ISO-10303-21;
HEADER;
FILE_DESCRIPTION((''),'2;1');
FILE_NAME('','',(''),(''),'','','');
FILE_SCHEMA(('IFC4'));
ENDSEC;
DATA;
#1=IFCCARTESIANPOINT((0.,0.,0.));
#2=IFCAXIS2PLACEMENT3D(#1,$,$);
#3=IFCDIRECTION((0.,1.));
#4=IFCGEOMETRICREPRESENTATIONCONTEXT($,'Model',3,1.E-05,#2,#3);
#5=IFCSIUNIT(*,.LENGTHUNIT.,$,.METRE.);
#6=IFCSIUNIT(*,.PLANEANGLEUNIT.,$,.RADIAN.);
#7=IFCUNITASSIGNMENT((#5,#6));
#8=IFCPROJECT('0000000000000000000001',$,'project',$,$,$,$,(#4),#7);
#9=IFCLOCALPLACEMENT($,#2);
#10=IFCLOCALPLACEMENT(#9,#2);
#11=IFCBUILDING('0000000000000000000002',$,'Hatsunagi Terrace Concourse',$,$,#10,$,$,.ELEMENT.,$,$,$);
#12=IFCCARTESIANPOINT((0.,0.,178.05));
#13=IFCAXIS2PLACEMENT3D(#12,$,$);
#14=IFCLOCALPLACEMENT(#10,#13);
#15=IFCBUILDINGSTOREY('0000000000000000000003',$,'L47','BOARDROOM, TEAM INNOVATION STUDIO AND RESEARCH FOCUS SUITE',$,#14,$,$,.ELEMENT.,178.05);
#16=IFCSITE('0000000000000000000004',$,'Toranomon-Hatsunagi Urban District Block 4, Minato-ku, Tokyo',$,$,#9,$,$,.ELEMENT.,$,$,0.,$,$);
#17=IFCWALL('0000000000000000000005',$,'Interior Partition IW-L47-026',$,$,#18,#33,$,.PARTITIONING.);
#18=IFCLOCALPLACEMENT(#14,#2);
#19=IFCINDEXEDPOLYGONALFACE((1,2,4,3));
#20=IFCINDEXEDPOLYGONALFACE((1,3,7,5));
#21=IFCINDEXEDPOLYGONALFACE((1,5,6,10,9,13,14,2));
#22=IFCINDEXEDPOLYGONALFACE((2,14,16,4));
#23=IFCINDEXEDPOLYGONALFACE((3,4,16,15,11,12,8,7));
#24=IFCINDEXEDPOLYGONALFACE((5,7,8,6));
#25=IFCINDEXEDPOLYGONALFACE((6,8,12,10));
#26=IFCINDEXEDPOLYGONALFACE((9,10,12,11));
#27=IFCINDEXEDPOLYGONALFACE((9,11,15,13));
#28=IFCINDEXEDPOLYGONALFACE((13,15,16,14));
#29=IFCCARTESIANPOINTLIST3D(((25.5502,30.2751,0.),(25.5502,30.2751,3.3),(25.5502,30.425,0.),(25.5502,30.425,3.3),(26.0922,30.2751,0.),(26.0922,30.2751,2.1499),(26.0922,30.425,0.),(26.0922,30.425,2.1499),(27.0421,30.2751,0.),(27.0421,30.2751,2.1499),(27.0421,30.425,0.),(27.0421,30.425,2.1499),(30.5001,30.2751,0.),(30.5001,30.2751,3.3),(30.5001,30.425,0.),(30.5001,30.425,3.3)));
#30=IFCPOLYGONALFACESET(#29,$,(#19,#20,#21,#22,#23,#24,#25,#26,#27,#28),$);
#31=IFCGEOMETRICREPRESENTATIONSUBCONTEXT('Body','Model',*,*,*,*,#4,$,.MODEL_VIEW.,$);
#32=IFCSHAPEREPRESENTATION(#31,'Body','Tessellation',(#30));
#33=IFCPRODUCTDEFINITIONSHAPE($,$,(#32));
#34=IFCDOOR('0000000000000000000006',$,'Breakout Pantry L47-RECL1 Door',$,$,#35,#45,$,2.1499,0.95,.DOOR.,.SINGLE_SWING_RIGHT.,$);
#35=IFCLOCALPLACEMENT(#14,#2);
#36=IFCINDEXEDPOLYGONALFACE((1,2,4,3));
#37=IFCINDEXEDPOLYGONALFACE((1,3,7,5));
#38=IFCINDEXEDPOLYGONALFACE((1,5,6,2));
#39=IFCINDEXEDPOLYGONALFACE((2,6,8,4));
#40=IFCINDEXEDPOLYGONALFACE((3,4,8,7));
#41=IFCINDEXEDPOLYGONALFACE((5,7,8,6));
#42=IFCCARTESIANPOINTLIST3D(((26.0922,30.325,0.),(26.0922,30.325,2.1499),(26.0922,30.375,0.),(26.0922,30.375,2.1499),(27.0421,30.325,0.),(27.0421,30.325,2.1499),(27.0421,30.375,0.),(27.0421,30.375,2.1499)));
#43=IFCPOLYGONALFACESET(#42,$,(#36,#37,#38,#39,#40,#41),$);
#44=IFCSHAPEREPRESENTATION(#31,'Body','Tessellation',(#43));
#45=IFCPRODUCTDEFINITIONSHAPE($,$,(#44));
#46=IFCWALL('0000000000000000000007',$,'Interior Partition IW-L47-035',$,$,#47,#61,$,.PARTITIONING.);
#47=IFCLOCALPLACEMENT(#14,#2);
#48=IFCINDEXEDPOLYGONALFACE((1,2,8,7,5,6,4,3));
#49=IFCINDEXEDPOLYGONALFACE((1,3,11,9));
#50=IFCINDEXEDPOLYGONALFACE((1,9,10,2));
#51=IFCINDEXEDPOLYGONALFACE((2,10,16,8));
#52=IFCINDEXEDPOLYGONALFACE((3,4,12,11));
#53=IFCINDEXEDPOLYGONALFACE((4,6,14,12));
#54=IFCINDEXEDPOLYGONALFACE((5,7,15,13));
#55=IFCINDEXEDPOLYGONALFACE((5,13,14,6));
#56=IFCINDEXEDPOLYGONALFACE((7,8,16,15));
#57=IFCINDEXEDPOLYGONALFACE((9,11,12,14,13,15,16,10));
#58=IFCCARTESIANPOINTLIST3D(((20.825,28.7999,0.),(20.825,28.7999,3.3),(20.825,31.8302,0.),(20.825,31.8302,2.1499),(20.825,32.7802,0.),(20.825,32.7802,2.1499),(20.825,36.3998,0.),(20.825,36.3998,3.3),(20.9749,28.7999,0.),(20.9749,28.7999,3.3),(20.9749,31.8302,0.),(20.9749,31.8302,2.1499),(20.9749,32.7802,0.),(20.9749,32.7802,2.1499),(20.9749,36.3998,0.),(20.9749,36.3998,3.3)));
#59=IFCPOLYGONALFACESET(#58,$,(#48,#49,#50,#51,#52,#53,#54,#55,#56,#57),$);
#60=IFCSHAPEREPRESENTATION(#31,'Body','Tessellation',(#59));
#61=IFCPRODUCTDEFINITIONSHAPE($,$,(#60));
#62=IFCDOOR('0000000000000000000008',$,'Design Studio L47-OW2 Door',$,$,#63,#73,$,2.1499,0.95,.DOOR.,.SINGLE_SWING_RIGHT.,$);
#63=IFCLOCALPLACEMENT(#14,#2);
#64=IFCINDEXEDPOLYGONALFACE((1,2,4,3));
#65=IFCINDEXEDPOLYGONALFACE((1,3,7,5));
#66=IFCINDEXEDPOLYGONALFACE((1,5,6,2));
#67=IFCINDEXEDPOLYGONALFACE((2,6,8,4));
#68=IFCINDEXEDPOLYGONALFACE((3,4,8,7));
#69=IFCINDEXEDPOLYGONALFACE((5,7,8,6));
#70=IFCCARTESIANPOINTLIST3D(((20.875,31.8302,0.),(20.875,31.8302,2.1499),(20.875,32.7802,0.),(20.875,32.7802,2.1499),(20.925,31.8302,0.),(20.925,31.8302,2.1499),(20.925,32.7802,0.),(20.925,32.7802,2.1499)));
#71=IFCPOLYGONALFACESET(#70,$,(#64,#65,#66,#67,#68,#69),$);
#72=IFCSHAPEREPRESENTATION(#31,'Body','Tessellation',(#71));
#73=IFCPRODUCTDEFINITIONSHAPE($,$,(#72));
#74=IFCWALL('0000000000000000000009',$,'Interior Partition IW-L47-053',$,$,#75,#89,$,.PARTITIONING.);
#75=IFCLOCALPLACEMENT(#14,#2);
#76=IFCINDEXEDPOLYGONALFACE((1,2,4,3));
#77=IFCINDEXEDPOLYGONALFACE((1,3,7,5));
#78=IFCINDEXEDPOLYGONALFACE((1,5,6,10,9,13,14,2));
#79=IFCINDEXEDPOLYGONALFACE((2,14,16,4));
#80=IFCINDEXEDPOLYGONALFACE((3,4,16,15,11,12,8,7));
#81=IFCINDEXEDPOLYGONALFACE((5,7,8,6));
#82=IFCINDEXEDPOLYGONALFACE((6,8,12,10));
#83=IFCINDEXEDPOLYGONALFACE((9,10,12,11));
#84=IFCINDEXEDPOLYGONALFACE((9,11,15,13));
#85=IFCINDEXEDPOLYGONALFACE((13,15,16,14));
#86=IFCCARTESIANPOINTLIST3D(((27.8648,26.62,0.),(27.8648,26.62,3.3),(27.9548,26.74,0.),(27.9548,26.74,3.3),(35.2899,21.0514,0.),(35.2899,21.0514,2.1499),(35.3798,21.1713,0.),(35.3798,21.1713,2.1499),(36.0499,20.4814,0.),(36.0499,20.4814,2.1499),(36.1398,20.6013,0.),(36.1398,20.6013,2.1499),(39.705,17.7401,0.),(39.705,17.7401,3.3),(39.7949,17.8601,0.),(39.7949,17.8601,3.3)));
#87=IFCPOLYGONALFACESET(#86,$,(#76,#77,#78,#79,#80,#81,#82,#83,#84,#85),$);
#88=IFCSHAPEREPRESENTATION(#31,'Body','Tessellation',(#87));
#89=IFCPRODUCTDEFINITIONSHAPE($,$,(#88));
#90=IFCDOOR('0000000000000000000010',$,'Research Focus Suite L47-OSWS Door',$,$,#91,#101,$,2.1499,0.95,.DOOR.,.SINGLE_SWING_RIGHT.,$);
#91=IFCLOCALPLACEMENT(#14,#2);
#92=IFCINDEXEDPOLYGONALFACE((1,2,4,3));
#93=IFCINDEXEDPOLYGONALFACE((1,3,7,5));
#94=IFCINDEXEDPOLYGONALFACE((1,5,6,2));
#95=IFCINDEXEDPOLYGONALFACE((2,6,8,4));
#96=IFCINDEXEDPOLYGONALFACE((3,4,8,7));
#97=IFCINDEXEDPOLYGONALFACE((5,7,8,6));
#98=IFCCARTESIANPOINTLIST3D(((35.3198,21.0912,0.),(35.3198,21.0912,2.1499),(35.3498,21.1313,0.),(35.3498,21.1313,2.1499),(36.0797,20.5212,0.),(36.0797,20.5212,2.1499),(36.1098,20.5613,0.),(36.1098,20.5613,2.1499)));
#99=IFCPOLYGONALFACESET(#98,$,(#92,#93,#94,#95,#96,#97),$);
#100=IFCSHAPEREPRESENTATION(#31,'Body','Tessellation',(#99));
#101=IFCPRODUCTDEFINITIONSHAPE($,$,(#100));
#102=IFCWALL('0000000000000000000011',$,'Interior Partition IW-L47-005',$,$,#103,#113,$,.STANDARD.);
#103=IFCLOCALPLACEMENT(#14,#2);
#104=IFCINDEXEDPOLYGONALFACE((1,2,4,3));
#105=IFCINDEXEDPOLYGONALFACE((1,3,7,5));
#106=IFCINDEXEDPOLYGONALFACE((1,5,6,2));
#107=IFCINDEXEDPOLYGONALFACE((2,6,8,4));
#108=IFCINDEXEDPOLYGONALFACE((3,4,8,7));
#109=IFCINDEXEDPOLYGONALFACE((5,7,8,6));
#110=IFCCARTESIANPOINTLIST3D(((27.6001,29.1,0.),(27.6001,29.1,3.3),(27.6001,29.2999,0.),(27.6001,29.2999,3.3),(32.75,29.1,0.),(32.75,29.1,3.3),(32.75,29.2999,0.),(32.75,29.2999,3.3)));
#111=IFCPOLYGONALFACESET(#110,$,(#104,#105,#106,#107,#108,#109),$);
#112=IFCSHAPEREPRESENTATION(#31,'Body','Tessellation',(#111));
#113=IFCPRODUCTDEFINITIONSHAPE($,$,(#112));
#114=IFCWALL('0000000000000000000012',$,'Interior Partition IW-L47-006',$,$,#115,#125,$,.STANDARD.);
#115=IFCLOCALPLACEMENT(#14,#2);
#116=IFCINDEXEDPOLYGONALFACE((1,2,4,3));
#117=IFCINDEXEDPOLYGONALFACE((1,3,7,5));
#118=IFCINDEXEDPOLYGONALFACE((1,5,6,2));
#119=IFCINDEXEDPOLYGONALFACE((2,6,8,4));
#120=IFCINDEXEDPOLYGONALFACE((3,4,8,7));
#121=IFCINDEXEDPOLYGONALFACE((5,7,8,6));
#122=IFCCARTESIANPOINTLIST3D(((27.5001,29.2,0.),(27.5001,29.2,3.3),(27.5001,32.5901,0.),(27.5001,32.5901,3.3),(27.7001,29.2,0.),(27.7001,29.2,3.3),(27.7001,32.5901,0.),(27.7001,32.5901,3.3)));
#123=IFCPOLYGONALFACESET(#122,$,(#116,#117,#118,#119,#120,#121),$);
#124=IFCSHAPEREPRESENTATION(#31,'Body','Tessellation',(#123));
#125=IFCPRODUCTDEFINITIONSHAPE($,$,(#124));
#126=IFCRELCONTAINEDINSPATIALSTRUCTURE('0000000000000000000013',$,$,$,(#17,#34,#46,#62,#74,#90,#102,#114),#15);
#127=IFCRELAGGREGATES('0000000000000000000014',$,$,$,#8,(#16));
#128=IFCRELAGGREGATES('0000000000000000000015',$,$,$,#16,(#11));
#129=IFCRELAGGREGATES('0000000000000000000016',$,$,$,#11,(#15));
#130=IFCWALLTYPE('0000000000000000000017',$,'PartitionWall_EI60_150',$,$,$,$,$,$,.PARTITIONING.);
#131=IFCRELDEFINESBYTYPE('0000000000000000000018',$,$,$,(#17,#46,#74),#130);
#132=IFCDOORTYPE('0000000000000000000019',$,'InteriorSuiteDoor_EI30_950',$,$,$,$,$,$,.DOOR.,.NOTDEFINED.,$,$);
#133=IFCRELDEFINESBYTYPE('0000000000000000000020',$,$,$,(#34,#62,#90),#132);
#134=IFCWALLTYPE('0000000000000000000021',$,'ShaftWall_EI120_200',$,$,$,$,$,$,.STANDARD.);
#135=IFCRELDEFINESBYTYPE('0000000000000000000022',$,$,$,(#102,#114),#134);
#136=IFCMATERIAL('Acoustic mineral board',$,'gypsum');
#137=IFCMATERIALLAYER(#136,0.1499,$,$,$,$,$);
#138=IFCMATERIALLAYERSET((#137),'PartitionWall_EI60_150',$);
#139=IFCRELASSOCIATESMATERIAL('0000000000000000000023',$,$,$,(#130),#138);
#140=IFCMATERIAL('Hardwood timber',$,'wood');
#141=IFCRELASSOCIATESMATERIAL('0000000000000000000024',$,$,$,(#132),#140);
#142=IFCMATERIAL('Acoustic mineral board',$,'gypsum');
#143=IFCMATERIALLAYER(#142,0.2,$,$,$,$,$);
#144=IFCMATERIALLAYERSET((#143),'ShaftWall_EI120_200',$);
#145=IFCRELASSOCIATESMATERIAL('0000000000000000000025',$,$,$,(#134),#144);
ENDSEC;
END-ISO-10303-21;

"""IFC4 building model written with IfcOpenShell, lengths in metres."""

from ifc_helpers import new_model, si_unit, direction, frame, frame_2d, origin, place, context, subcontext, project, spatial, rectangle, extrude, material, layer, layer_set, type_object, element, fill, save


model = new_model("IFC4")

# Units and contexts
model_context = context("Model", 3, precision=1e-05, world=origin(), true_north=direction((0.0, 1.0)))
body_context = subcontext(model_context, "Body", "Model", "MODEL_VIEW")
ifc_project = project(units=[si_unit("LENGTHUNIT", "METRE"), si_unit("PLANEANGLEUNIT", "RADIAN")], contexts=[model_context])

# Site, building, storey
site_placement = place(None, origin())
site = spatial("IfcSite", under=ifc_project, at=site_placement, Name="Toranomon-Hatsunagi Urban District Block 4, Minato-ku, Tokyo", CompositionType="ELEMENT", RefElevation=0.0)
building_placement = place(site_placement, origin())
building = spatial("IfcBuilding", under=site, at=building_placement, Name="Hatsunagi Terrace Concourse", CompositionType="ELEMENT")
storey_placement = place(building_placement, frame((0.0, 0.0, 178.05)))
storey = spatial("IfcBuildingStorey", under=building, at=storey_placement, Name="L47", Description="BOARDROOM, TEAM INNOVATION STUDIO AND RESEARCH FOCUS SUITE", CompositionType="ELEMENT", Elevation=178.05)

# Walls, openings, doors
ifc_material_1 = material(Name="Acoustic mineral board", Category="gypsum")
ifc_layer_1 = layer(ifc_material_1, 0.1499)
ifc_layer_set_1 = layer_set([ifc_layer_1], Name="PartitionWall_EI60_150")
wall_type_1 = type_object("IfcWallType", Name="PartitionWall_EI60_150", PredefinedType="PARTITIONING", material=ifc_layer_set_1)
wall_1_placement = place(storey_placement, frame((25.55, 30.3501, 0.0), z_axis=(0.0, 0.0, 1.0), x_axis=(1.0, 0.0, 0.0)))
wall_1 = element("IfcWall", 1, at=wall_1_placement, inside=storey, type_object=wall_type_1, Name="Interior Partition IW-L47-026", PredefinedType="PARTITIONING", context=body_context, shape_type="SweptSolid", body=[
    extrude(rectangle(XDim=4.95, YDim=0.1499, at=frame_2d((2.4751, 0.0))), origin(), (0.0, 0.0, 1.0), 3.3),
])
opening_1_placement = place(wall_1_placement, frame((0.542, 0.0, 0.0)))
opening_1 = element("IfcOpeningElement", 2, at=opening_1_placement, cuts=wall_1, PredefinedType="OPENING", context=body_context, shape_type="SweptSolid", body=[
    extrude(rectangle(XDim=0.95, YDim=2.1499, at=frame_2d((0.4751, 1.075))), frame((0.0, 0.085, 0.0), z_axis=(0.0, -1.0, 0.0), x_axis=(1.0, 0.0, 0.0)), (0.0, 0.0, 1.0), 0.1699),
])
ifc_material_2 = material(Name="Hardwood timber", Category="wood")
door_type = type_object("IfcDoorType", Name="InteriorSuiteDoor_EI30_950", OperationType="NOTDEFINED", PredefinedType="DOOR", material=ifc_material_2)
door_1_placement = place(opening_1_placement, origin())
door_1 = element("IfcDoor", 3, at=door_1_placement, inside=storey, type_object=door_type, Name="Breakout Pantry L47-RECL1 Door", OperationType="SINGLE_SWING_RIGHT", OverallHeight=2.1499, OverallWidth=0.95, PredefinedType="DOOR", context=body_context, shape_type="SweptSolid", body=[
    extrude(rectangle(XDim=0.95, YDim=2.1499, at=frame_2d((0.4751, 1.075))), frame((0.0, 0.0249, 0.0), z_axis=(0.0, -1.0, 0.0), x_axis=(1.0, 0.0, 0.0)), (0.0, 0.0, 1.0), 0.05),
])
fill(opening_1, door_1)
wall_2_placement = place(storey_placement, frame((20.8999, 28.8, 0.0), z_axis=(0.0, 0.0, 1.0), x_axis=(0.0, 1.0, 0.0)))
wall_2 = element("IfcWall", 4, at=wall_2_placement, inside=storey, type_object=wall_type_1, Name="Interior Partition IW-L47-035", PredefinedType="PARTITIONING", context=body_context, shape_type="SweptSolid", body=[
    extrude(rectangle(XDim=7.5999, YDim=0.1499, at=frame_2d((3.7998, 0.0))), origin(), (0.0, 0.0, 1.0), 3.3),
])
opening_2_placement = place(wall_2_placement, frame((3.03, 0.0, 0.0)))
opening_2 = element("IfcOpeningElement", 5, at=opening_2_placement, cuts=wall_2, PredefinedType="OPENING", context=body_context, shape_type="SweptSolid", body=[
    extrude(rectangle(XDim=0.95, YDim=2.1499, at=frame_2d((0.4751, 1.075))), frame((0.0, 0.085, 0.0), z_axis=(0.0, -1.0, 0.0), x_axis=(1.0, 0.0, 0.0)), (0.0, 0.0, 1.0), 0.1699),
])
door_2_placement = place(opening_2_placement, origin())
door_2 = element("IfcDoor", 6, at=door_2_placement, inside=storey, type_object=door_type, Name="Design Studio L47-OW2 Door", OperationType="SINGLE_SWING_RIGHT", OverallHeight=2.1499, OverallWidth=0.95, PredefinedType="DOOR", context=body_context, shape_type="SweptSolid", body=[
    extrude(rectangle(XDim=0.95, YDim=2.1499, at=frame_2d((0.4751, 1.075))), frame((0.0, 0.0249, 0.0), z_axis=(0.0, -1.0, 0.0), x_axis=(1.0, 0.0, 0.0)), (0.0, 0.0, 1.0), 0.05),
])
fill(opening_2, door_2)
wall_3_placement = place(storey_placement, frame((27.9099, 26.6799, 0.0), z_axis=(0.0, 0.0, 1.0), x_axis=(0.800006, -0.599992, 0.0)))
wall_3 = element("IfcWall", 7, at=wall_3_placement, inside=storey, type_object=wall_type_1, Name="Interior Partition IW-L47-053", PredefinedType="PARTITIONING", context=body_context, shape_type="SweptSolid", body=[
    extrude(rectangle(XDim=14.8, YDim=0.1499, at=frame_2d((7.3999, 0.0))), origin(), (0.0, 0.0, 1.0), 3.3),
])
opening_3_placement = place(wall_3_placement, frame((9.281, 0.0, 0.0)))
opening_3 = element("IfcOpeningElement", 8, at=opening_3_placement, cuts=wall_3, PredefinedType="OPENING", context=body_context, shape_type="SweptSolid", body=[
    extrude(rectangle(XDim=0.95, YDim=2.1499, at=frame_2d((0.4751, 1.075))), frame((0.0, 0.085, 0.0), z_axis=(0.0, -1.0, 0.0), x_axis=(1.0, 0.0, 0.0)), (0.0, 0.0, 1.0), 0.1699),
])
door_3_placement = place(opening_3_placement, origin())
door_3 = element("IfcDoor", 9, at=door_3_placement, inside=storey, type_object=door_type, Name="Research Focus Suite L47-OSWS Door", OperationType="SINGLE_SWING_RIGHT", OverallHeight=2.1499, OverallWidth=0.95, PredefinedType="DOOR", context=body_context, shape_type="SweptSolid", body=[
    extrude(rectangle(XDim=0.95, YDim=2.1499, at=frame_2d((0.4751, 1.075))), frame((0.0, 0.0249, 0.0), z_axis=(0.0, -1.0, 0.0), x_axis=(1.0, 0.0, 0.0)), (0.0, 0.0, 1.0), 0.05),
])
fill(opening_3, door_3)

# Walls
ifc_material_3 = material(Name="Acoustic mineral board", Category="gypsum")
ifc_layer_2 = layer(ifc_material_3, 0.2)
ifc_layer_set_2 = layer_set([ifc_layer_2], Name="ShaftWall_EI120_200")
wall_type_2 = type_object("IfcWallType", Name="ShaftWall_EI120_200", PredefinedType="STANDARD", material=ifc_layer_set_2)
wall_4_placement = place(storey_placement, frame((27.6001, 29.2, 0.0), z_axis=(0.0, 0.0, 1.0), x_axis=(1.0, 0.0, 0.0)))
element("IfcWall", 10, at=wall_4_placement, inside=storey, type_object=wall_type_2, Name="Interior Partition IW-L47-005", PredefinedType="STANDARD", context=body_context, shape_type="SweptSolid", body=[
    extrude(rectangle(XDim=5.1499, YDim=0.2, at=frame_2d((2.575, 0.0))), origin(), (0.0, 0.0, 1.0), 3.3),
])
wall_5_placement = place(storey_placement, frame((27.6001, 29.2, 0.0), z_axis=(0.0, 0.0, 1.0), x_axis=(0.0, 1.0, 0.0)))
element("IfcWall", 11, at=wall_5_placement, inside=storey, type_object=wall_type_2, Name="Interior Partition IW-L47-006", PredefinedType="STANDARD", context=body_context, shape_type="SweptSolid", body=[
    extrude(rectangle(XDim=3.3901, YDim=0.2, at=frame_2d((1.6951, 0.0))), origin(), (0.0, 0.0, 1.0), 3.3),
])

save(model, "model.ifc")
